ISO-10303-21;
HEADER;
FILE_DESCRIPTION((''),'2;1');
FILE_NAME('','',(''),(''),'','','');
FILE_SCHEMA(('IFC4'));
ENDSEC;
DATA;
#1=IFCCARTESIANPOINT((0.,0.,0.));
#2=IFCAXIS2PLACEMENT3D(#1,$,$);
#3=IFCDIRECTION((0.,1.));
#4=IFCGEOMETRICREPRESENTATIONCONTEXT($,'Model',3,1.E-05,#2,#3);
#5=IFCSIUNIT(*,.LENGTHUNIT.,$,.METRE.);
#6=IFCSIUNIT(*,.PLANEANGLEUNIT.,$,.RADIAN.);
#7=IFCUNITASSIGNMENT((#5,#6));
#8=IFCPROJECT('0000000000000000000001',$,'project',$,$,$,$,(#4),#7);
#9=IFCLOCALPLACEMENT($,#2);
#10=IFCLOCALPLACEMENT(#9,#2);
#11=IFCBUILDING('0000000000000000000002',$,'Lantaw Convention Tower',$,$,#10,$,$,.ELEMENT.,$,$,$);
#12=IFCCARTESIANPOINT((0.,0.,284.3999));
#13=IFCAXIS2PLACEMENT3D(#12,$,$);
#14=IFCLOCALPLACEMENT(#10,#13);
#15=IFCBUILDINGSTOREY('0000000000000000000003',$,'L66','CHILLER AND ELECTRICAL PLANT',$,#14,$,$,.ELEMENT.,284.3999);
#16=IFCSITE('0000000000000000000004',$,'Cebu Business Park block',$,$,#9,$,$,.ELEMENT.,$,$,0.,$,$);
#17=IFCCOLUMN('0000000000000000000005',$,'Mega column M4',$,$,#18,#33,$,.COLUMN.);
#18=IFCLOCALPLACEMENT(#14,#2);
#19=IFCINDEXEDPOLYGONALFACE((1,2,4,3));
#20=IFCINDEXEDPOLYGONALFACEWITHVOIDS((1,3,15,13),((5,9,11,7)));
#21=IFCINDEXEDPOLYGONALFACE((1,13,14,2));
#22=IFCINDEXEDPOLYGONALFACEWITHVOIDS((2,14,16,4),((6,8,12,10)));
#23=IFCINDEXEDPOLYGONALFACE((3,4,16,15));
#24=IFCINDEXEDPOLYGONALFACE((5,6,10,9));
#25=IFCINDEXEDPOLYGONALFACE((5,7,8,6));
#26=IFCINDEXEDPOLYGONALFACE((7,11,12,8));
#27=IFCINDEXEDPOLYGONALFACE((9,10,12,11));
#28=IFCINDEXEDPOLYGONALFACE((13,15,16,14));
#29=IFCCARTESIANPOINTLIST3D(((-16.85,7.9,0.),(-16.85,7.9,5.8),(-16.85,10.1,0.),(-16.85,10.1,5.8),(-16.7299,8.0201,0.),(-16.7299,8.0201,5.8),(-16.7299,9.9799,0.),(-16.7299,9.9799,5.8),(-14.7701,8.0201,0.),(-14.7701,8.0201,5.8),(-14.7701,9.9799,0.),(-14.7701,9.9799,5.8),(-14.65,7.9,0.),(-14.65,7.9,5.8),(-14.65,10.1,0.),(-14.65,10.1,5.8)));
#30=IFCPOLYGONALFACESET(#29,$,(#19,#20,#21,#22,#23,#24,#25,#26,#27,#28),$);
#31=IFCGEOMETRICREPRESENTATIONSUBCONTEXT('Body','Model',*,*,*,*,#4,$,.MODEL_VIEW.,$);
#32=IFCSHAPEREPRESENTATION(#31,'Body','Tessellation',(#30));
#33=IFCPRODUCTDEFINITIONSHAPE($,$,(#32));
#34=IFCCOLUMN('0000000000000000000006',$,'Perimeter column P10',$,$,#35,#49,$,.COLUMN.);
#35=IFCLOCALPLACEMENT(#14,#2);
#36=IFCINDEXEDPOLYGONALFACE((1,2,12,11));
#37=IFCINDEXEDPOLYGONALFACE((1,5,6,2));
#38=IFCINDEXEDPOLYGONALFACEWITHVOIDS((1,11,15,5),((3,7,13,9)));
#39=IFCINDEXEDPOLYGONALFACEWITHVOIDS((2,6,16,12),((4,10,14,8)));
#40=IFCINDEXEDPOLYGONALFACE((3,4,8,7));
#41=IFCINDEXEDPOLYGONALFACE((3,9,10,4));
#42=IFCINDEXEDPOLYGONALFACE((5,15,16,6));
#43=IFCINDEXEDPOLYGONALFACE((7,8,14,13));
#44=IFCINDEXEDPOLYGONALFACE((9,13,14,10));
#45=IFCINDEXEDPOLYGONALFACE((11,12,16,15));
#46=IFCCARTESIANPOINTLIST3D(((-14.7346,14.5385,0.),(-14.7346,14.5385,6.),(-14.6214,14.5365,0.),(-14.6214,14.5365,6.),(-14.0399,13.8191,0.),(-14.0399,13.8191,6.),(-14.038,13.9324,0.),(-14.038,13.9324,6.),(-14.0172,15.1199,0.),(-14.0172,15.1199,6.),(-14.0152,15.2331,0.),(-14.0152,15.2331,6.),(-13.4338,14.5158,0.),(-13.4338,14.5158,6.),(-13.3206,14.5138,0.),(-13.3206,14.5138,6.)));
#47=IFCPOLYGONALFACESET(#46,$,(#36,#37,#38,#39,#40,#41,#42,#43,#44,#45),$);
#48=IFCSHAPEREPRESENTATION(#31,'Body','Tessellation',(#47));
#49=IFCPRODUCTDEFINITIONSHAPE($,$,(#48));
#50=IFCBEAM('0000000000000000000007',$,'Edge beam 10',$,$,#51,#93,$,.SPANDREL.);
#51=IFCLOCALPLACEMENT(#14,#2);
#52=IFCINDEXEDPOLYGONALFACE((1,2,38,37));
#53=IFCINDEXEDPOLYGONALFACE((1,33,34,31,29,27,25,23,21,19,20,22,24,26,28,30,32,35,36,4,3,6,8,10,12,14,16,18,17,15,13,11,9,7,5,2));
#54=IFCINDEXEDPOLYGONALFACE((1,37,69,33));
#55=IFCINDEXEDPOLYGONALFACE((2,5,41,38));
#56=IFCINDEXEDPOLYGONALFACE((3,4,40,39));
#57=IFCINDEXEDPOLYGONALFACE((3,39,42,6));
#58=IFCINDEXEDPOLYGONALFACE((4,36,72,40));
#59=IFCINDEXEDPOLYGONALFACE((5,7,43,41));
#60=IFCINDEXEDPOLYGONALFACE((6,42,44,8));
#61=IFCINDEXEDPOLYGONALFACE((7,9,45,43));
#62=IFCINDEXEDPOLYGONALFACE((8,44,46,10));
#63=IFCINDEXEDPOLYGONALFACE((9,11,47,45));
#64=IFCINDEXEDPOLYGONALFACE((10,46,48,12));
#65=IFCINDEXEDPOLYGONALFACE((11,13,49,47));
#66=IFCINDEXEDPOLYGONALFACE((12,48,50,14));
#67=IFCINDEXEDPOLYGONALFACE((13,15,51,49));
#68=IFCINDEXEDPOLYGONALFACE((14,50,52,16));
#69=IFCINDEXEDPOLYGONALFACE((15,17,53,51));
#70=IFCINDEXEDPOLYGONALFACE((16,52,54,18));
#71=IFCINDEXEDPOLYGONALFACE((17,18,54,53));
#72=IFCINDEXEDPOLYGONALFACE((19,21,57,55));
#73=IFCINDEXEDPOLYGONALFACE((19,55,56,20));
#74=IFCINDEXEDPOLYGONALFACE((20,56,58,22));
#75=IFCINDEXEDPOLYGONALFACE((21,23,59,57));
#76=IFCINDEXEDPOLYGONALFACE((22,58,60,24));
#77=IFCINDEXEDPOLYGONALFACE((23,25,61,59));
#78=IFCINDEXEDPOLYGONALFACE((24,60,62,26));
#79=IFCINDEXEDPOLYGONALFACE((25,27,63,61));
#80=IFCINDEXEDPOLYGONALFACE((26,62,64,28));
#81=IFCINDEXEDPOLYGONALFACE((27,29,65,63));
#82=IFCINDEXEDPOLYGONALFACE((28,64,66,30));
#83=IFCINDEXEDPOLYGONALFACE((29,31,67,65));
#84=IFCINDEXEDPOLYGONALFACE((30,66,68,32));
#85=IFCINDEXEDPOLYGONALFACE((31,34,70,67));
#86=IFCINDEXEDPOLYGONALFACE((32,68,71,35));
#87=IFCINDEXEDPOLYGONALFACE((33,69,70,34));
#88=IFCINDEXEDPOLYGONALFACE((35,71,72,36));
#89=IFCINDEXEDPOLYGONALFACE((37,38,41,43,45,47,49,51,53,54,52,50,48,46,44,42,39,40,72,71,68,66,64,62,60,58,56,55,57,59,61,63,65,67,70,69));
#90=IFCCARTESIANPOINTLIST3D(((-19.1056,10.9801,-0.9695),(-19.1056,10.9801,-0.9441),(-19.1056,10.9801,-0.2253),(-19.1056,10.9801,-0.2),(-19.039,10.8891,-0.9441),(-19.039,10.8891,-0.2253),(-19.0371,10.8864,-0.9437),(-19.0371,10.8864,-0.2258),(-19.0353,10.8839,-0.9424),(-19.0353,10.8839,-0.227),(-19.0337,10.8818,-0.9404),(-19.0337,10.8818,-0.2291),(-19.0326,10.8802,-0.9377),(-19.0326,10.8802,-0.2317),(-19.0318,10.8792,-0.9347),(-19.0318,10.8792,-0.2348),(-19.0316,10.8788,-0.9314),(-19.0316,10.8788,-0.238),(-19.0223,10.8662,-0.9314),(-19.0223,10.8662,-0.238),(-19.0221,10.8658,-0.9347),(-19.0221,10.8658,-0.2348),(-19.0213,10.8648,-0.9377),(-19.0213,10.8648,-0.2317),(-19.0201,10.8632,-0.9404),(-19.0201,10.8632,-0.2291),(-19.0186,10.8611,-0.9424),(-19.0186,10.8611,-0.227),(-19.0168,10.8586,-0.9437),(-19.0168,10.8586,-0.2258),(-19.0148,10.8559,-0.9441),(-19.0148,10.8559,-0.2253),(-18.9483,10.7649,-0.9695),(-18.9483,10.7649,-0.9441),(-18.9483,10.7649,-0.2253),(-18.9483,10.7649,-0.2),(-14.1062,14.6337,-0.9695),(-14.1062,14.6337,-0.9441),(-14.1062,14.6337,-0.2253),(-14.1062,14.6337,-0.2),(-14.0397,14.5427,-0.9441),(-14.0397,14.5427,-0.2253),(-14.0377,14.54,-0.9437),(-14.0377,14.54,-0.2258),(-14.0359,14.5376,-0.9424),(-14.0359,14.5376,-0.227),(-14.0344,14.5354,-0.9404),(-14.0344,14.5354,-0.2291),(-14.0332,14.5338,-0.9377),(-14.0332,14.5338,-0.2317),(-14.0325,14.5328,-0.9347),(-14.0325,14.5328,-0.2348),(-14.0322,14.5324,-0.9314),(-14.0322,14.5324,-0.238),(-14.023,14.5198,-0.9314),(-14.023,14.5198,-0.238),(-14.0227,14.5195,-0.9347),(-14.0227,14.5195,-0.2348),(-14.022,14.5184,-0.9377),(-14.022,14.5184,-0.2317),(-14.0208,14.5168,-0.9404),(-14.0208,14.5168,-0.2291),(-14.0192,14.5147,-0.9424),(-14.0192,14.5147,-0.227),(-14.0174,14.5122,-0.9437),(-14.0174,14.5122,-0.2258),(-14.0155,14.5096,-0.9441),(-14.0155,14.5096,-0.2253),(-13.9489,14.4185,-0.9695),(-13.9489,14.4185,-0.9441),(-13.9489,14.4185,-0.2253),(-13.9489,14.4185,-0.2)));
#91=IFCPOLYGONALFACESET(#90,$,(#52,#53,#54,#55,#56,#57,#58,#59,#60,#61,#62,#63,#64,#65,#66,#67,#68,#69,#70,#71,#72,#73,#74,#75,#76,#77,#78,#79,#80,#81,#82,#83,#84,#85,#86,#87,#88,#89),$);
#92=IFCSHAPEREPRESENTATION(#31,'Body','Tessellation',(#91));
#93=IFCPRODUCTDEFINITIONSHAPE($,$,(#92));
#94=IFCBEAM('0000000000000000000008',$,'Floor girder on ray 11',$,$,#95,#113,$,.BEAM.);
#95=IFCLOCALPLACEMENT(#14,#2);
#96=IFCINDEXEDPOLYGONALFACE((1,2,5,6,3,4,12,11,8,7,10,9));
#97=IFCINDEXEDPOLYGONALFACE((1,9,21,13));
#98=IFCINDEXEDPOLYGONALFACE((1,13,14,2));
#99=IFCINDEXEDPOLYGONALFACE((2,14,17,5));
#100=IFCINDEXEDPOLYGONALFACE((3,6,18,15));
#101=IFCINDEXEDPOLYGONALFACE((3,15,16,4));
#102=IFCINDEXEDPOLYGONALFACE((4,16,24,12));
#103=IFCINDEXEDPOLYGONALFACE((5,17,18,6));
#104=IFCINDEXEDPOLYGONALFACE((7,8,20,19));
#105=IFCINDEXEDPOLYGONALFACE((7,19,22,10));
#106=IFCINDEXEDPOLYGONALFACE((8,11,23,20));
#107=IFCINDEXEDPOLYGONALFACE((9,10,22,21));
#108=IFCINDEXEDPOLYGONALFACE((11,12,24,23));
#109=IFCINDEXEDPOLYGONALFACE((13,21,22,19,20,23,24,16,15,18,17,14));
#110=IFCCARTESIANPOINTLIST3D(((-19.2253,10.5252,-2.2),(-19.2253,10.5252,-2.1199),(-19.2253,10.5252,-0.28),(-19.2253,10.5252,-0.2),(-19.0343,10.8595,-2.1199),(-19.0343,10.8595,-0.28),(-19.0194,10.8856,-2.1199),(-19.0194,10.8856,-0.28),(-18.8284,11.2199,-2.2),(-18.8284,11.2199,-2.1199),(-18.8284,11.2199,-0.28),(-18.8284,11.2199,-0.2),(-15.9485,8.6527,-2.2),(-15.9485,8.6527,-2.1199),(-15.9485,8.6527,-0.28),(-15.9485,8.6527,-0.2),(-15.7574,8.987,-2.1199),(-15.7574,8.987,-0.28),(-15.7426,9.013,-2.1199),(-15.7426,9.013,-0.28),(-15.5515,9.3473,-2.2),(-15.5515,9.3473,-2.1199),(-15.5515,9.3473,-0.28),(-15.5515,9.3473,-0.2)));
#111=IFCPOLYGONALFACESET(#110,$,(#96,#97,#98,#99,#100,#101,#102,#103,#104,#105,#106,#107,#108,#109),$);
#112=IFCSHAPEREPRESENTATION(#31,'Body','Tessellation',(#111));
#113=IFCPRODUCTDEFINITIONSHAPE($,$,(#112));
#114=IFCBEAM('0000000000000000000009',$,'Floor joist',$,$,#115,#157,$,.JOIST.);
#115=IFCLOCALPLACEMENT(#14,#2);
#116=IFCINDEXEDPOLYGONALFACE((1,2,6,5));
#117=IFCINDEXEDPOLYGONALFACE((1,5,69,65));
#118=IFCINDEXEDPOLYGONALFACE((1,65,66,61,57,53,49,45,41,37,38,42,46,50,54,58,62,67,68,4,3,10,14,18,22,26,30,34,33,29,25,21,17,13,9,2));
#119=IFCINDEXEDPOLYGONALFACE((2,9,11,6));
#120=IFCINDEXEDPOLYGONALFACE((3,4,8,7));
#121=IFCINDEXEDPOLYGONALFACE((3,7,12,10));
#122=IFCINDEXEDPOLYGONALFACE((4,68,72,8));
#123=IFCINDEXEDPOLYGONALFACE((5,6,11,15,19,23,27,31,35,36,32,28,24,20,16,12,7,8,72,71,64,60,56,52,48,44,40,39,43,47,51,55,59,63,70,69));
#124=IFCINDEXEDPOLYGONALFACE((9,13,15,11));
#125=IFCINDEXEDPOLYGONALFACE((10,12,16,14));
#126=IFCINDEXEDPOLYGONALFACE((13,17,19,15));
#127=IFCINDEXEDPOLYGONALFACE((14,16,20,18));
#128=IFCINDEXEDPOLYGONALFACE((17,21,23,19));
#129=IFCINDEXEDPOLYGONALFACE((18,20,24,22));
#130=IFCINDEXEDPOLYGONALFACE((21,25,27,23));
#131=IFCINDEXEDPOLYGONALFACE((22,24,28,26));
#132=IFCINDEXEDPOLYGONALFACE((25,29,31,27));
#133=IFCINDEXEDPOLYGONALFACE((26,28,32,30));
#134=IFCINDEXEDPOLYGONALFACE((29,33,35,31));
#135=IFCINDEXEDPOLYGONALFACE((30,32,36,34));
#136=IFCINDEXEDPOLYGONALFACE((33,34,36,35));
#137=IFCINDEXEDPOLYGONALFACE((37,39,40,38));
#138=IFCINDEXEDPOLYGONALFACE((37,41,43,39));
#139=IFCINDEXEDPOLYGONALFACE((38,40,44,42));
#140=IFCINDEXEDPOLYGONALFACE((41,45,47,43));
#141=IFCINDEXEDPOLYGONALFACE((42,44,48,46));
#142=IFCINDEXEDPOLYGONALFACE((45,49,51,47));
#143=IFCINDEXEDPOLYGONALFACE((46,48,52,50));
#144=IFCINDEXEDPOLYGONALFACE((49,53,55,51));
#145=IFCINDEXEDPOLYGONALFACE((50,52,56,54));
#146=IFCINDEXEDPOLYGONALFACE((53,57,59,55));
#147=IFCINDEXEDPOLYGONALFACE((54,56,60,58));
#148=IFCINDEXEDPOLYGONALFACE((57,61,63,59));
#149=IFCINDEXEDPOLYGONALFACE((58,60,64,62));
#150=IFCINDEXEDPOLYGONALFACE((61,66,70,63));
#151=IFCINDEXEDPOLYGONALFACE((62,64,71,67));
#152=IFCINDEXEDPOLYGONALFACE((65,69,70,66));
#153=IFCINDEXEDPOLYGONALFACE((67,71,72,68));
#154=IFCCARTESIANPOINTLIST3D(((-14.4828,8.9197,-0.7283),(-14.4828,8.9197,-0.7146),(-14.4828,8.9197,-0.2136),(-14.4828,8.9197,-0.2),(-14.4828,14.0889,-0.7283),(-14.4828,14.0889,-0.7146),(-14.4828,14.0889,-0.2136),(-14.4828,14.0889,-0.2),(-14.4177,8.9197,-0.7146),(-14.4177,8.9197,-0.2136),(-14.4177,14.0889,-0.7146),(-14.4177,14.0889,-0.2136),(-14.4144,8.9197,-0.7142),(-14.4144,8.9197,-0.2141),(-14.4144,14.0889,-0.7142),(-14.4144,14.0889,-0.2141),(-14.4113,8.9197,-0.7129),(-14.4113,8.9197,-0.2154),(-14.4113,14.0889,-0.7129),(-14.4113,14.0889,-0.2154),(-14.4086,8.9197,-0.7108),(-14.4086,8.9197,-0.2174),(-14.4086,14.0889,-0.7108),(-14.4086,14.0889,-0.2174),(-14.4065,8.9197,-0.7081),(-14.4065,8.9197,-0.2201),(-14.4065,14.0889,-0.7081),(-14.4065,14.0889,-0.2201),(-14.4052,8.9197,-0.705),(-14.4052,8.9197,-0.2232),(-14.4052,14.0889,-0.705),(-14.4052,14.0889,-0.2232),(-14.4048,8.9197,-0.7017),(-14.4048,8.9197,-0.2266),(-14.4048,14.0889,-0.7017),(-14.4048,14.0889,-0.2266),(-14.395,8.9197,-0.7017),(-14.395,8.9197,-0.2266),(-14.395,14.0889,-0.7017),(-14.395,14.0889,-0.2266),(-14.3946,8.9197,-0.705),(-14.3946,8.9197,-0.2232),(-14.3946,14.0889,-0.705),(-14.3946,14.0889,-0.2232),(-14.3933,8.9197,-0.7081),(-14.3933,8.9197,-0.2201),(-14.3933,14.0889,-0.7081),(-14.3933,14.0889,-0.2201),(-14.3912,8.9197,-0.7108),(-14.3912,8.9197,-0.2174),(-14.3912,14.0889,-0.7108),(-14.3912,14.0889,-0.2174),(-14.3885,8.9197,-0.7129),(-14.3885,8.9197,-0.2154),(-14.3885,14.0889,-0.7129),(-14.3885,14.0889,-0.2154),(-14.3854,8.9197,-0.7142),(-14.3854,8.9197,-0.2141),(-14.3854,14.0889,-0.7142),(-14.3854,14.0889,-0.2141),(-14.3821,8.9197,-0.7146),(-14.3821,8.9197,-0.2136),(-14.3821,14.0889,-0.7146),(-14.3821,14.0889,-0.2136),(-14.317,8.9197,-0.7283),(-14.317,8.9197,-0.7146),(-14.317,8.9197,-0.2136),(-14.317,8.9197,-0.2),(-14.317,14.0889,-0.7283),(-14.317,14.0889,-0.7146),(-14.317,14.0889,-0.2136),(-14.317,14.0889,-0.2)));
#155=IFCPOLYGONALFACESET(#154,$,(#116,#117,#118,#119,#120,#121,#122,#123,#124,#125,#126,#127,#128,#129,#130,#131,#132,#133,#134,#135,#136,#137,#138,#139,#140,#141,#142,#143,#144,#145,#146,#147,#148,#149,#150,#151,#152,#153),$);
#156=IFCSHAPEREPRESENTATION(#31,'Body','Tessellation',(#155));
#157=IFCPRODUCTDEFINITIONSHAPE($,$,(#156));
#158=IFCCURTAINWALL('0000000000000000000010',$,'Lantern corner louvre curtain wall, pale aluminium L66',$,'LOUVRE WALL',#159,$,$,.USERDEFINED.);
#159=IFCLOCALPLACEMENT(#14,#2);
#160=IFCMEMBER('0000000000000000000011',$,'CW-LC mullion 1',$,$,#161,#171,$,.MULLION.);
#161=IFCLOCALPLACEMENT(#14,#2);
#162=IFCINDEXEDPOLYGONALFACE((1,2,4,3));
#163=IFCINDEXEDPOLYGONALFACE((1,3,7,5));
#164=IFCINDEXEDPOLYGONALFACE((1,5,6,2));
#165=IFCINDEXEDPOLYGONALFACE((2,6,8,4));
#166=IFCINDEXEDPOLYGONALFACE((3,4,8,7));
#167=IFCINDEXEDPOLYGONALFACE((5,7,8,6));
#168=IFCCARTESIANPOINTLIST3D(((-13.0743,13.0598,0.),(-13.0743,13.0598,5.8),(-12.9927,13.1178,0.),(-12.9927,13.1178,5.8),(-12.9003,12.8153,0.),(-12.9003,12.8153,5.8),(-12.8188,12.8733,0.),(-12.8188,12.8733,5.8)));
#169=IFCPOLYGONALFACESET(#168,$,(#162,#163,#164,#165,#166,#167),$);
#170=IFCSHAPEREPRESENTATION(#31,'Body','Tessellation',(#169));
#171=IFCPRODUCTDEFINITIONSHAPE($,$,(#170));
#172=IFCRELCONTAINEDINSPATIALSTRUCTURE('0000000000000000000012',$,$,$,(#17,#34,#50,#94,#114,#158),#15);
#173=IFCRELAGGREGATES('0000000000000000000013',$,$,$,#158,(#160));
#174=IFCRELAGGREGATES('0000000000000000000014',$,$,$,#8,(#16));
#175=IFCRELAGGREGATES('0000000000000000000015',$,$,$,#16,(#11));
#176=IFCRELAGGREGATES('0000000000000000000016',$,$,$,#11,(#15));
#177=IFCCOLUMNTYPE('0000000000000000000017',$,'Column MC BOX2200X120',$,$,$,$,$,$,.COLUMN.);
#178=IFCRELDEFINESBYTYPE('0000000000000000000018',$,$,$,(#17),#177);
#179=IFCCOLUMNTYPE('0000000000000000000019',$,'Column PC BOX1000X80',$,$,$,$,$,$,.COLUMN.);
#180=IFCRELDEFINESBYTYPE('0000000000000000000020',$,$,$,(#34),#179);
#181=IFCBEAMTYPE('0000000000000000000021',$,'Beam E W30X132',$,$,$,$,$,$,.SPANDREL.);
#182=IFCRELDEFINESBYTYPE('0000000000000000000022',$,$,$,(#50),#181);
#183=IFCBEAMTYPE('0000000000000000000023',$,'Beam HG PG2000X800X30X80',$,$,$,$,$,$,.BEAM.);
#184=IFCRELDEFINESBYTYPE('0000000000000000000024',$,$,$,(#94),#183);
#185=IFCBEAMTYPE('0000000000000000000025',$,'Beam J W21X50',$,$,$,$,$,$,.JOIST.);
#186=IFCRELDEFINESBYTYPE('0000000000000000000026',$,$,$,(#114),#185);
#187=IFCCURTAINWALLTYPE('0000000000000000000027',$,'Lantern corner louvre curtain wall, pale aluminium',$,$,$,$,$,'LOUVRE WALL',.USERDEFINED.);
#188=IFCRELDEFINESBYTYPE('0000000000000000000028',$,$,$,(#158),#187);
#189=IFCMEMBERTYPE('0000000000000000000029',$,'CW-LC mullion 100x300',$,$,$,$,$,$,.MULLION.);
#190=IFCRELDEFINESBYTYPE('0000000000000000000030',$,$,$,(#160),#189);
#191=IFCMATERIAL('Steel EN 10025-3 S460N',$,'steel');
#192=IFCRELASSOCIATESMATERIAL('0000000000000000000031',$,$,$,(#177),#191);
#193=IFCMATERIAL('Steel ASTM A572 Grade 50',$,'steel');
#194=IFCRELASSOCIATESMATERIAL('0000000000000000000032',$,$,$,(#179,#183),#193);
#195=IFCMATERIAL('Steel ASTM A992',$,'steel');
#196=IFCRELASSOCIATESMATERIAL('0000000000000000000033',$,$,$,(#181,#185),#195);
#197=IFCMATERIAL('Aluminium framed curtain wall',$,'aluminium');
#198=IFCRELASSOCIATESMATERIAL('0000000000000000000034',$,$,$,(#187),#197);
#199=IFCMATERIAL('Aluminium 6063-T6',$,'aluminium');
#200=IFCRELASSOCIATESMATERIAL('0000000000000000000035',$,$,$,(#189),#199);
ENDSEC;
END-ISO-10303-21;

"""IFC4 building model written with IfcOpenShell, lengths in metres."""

from ifc_helpers import new_model, si_unit, direction, frame, origin, origin_2d, place, context, subcontext, project, spatial, rectangle, hollow_rectangle, i_section, extrude, material, material_profile, profile_set, type_object, element, aggregate, save


model = new_model("IFC4")

# Units and contexts
model_context = context("Model", 3, precision=1e-05, world=origin(), true_north=direction((0.0, 1.0)))
body_context = subcontext(model_context, "Body", "Model", "MODEL_VIEW")
ifc_project = project(units=[si_unit("LENGTHUNIT", "METRE"), si_unit("PLANEANGLEUNIT", "RADIAN")], contexts=[model_context])

# Site, building, storey
site_placement = place(None, origin())
site = spatial("IfcSite", under=ifc_project, at=site_placement, Name="Cebu Business Park block", CompositionType="ELEMENT", RefElevation=0.0)
building_placement = place(site_placement, origin())
building = spatial("IfcBuilding", under=site, at=building_placement, Name="Lantaw Convention Tower", CompositionType="ELEMENT")
storey_placement = place(building_placement, frame((0.0, 0.0, 284.3999)))
storey = spatial("IfcBuildingStorey", under=building, at=storey_placement, Name="L66", Description="CHILLER AND ELECTRICAL PLANT", CompositionType="ELEMENT", Elevation=284.3999)

# Columns
ifc_material_1 = material(Name="Steel EN 10025-3 S460N", Category="steel")
ifc_material_profile_1 = material_profile(ifc_material_1, hollow_rectangle(XDim=2.2, YDim=2.2, WallThickness=0.1201, at=origin_2d()), Name="BOX2200X120")
ifc_material_2 = material(Name="Concrete C60/75", Category="concrete")
ifc_material_profile_2 = material_profile(ifc_material_2, rectangle(XDim=1.96, YDim=1.96, at=origin_2d()), Name="Concrete fill of BOX2200X120")
ifc_profile_set_1 = profile_set([ifc_material_profile_1, ifc_material_profile_2], Name="Steel EN 10025-3 S460N")
column_type_1 = type_object("IfcColumnType", Name="Column MC BOX2200X120", PredefinedType="COLUMN", material=ifc_profile_set_1)
column_1_placement = place(storey_placement, frame((-15.75, 9.0, 0.0), z_axis=(0.0, 0.0, 1.0), x_axis=(1.0, 0.0, 0.0)))
element("IfcColumn", 1, at=column_1_placement, inside=storey, type_object=column_type_1, Name="Mega column M4", PredefinedType="COLUMN", context=body_context, shape_type="SweptSolid", body=[
    extrude(hollow_rectangle(XDim=2.2, YDim=2.2, WallThickness=0.1201, at=origin_2d()), origin(), (0.0, 0.0, 1.0), 5.8),
])
ifc_material_3 = material(Name="Steel ASTM A572 Grade 50", Category="steel")
ifc_material_profile_3 = material_profile(ifc_material_3, hollow_rectangle(XDim=1.0, YDim=1.0, WallThickness=0.0801, at=origin_2d()), Name="BOX1000X80")
ifc_material_profile_4 = material_profile(ifc_material_2, rectangle(XDim=0.8401, YDim=0.8401, at=origin_2d()), Name="Concrete fill of BOX1000X80")
ifc_profile_set_2 = profile_set([ifc_material_profile_3, ifc_material_profile_4], Name="Steel ASTM A572 Grade 50")
column_type_2 = type_object("IfcColumnType", Name="Column PC BOX1000X80", PredefinedType="COLUMN", material=ifc_profile_set_2)
column_2_placement = place(storey_placement, frame((-14.0276, 14.5261, 0.0), z_axis=(0.0, 0.0, 1.0), x_axis=(0.71934, 0.694658, 0.0)))
element("IfcColumn", 2, at=column_2_placement, inside=storey, type_object=column_type_2, Name="Perimeter column P10", PredefinedType="COLUMN", context=body_context, shape_type="SweptSolid", body=[
    extrude(hollow_rectangle(XDim=1.0, YDim=1.0, WallThickness=0.0801, at=origin_2d()), origin(), (0.0, 0.0, 1.0), 6.0),
])

# Beams
ifc_material_4 = material(Name="Steel ASTM A992", Category="steel")
ifc_material_profile_5 = material_profile(ifc_material_4, i_section(OverallWidth=0.2666, OverallDepth=0.7695, WebThickness=0.0156, FlangeThickness=0.0254, FilletRadius=0.0127, at=origin_2d()), Name="W30X132")
ifc_profile_set_3 = profile_set([ifc_material_profile_5], Name="Steel ASTM A992")
beam_type_1 = type_object("IfcBeamType", Name="Beam E W30X132", PredefinedType="SPANDREL", material=ifc_profile_set_3)
beam_1_placement = place(storey_placement, frame((-14.0276, 14.5261, -0.5847), z_axis=(-0.807372, -0.590043, 0.0), x_axis=(0.590043, -0.807372, 0.0)))
element("IfcBeam", 3, at=beam_1_placement, inside=storey, type_object=beam_type_1, Name="Edge beam 10", PredefinedType="SPANDREL", context=body_context, shape_type="SweptSolid", body=[
    extrude(i_section(OverallWidth=0.2666, OverallDepth=0.7695, WebThickness=0.0156, FlangeThickness=0.0254, FilletRadius=0.0127, at=origin_2d()), origin(), (0.0, 0.0, 1.0), 6.1921),
])
ifc_material_profile_6 = material_profile(ifc_material_3, i_section(OverallWidth=0.8, OverallDepth=2.0, WebThickness=0.03, FlangeThickness=0.0801, at=origin_2d()), Name="PG2000X800X30X80")
ifc_profile_set_4 = profile_set([ifc_material_profile_6], Name="Steel ASTM A572 Grade 50")
beam_type_2 = type_object("IfcBeamType", Name="Beam HG PG2000X800X30X80", PredefinedType="BEAM", material=ifc_profile_set_4)
beam_2_placement = place(storey_placement, frame((-15.75, 9.0, -1.2), z_axis=(-0.868235, 0.496153, 0.0), x_axis=(-0.496153, -0.868235, 0.0)))
element("IfcBeam", 4, at=beam_2_placement, inside=storey, type_object=beam_type_2, Name="Floor girder on ray 11", PredefinedType="BEAM", context=body_context, shape_type="SweptSolid", body=[
    extrude(i_section(OverallWidth=0.8, OverallDepth=2.0, WebThickness=0.03, FlangeThickness=0.0801, at=origin_2d()), origin(), (0.0, 0.0, 1.0), 3.7742),
])
ifc_material_profile_7 = material_profile(ifc_material_4, i_section(OverallWidth=0.1658, OverallDepth=0.5283, WebThickness=0.0098, FlangeThickness=0.0137, FilletRadius=0.0129, at=origin_2d()), Name="W21X50")
ifc_profile_set_5 = profile_set([ifc_material_profile_7], Name="Steel ASTM A992")
beam_type_3 = type_object("IfcBeamType", Name="Beam J W21X50", PredefinedType="JOIST", material=ifc_profile_set_5)
beam_3_placement = place(storey_placement, frame((-14.3999, 8.9197, -0.4641), z_axis=(0.0, 1.0, 0.0), x_axis=(-1.0, 0.0, 0.0)))
element("IfcBeam", 5, at=beam_3_placement, inside=storey, type_object=beam_type_3, Name="Floor joist", PredefinedType="JOIST", context=body_context, shape_type="SweptSolid", body=[
    extrude(i_section(OverallWidth=0.1658, OverallDepth=0.5283, WebThickness=0.0098, FlangeThickness=0.0137, FilletRadius=0.0129, at=origin_2d()), origin(), (0.0, 0.0, 1.0), 5.1692),
])

# Curtain wall, member
ifc_material_5 = material(Name="Aluminium framed curtain wall", Category="aluminium")
curtain_wall_type_1 = type_object("IfcCurtainWallType", Name="Lantern corner louvre curtain wall, pale aluminium", ElementType="LOUVRE WALL", PredefinedType="USERDEFINED", material=ifc_material_5)
curtain_wall_1_placement = place(storey_placement, origin())
curtain_wall_1 = element("IfcCurtainWall", 6, at=curtain_wall_1_placement, inside=storey, type_object=curtain_wall_type_1, Name="Lantern corner louvre curtain wall, pale aluminium L66", ObjectType="LOUVRE WALL", PredefinedType="USERDEFINED")
ifc_material_6 = material(Name="Aluminium 6063-T6", Category="aluminium")
ifc_material_profile_8 = material_profile(ifc_material_6, rectangle(XDim=0.3, YDim=0.1001, at=origin_2d()), Name="CW-LC mullion 100x300")
ifc_profile_set_6 = profile_set([ifc_material_profile_8], Name="Aluminium 6063-T6")
member_type_1 = type_object("IfcMemberType", Name="CW-LC mullion 100x300", PredefinedType="MULLION", material=ifc_profile_set_6)
member_1_placement = place(storey_placement, frame((-12.9465, 12.9666, 0.0), z_axis=(0.0, 0.0, 1.0), x_axis=(0.579684, -0.814841, 0.0)))
member_1 = element("IfcMember", 7, at=member_1_placement, type_object=member_type_1, Name="CW-LC mullion 1", PredefinedType="MULLION", context=body_context, shape_type="SweptSolid", body=[
    extrude(rectangle(XDim=0.3, YDim=0.1001, at=origin_2d()), origin(), (0.0, 0.0, 1.0), 5.8),
])

aggregate(curtain_wall_1, [member_1])

save(model, "model.ifc")
